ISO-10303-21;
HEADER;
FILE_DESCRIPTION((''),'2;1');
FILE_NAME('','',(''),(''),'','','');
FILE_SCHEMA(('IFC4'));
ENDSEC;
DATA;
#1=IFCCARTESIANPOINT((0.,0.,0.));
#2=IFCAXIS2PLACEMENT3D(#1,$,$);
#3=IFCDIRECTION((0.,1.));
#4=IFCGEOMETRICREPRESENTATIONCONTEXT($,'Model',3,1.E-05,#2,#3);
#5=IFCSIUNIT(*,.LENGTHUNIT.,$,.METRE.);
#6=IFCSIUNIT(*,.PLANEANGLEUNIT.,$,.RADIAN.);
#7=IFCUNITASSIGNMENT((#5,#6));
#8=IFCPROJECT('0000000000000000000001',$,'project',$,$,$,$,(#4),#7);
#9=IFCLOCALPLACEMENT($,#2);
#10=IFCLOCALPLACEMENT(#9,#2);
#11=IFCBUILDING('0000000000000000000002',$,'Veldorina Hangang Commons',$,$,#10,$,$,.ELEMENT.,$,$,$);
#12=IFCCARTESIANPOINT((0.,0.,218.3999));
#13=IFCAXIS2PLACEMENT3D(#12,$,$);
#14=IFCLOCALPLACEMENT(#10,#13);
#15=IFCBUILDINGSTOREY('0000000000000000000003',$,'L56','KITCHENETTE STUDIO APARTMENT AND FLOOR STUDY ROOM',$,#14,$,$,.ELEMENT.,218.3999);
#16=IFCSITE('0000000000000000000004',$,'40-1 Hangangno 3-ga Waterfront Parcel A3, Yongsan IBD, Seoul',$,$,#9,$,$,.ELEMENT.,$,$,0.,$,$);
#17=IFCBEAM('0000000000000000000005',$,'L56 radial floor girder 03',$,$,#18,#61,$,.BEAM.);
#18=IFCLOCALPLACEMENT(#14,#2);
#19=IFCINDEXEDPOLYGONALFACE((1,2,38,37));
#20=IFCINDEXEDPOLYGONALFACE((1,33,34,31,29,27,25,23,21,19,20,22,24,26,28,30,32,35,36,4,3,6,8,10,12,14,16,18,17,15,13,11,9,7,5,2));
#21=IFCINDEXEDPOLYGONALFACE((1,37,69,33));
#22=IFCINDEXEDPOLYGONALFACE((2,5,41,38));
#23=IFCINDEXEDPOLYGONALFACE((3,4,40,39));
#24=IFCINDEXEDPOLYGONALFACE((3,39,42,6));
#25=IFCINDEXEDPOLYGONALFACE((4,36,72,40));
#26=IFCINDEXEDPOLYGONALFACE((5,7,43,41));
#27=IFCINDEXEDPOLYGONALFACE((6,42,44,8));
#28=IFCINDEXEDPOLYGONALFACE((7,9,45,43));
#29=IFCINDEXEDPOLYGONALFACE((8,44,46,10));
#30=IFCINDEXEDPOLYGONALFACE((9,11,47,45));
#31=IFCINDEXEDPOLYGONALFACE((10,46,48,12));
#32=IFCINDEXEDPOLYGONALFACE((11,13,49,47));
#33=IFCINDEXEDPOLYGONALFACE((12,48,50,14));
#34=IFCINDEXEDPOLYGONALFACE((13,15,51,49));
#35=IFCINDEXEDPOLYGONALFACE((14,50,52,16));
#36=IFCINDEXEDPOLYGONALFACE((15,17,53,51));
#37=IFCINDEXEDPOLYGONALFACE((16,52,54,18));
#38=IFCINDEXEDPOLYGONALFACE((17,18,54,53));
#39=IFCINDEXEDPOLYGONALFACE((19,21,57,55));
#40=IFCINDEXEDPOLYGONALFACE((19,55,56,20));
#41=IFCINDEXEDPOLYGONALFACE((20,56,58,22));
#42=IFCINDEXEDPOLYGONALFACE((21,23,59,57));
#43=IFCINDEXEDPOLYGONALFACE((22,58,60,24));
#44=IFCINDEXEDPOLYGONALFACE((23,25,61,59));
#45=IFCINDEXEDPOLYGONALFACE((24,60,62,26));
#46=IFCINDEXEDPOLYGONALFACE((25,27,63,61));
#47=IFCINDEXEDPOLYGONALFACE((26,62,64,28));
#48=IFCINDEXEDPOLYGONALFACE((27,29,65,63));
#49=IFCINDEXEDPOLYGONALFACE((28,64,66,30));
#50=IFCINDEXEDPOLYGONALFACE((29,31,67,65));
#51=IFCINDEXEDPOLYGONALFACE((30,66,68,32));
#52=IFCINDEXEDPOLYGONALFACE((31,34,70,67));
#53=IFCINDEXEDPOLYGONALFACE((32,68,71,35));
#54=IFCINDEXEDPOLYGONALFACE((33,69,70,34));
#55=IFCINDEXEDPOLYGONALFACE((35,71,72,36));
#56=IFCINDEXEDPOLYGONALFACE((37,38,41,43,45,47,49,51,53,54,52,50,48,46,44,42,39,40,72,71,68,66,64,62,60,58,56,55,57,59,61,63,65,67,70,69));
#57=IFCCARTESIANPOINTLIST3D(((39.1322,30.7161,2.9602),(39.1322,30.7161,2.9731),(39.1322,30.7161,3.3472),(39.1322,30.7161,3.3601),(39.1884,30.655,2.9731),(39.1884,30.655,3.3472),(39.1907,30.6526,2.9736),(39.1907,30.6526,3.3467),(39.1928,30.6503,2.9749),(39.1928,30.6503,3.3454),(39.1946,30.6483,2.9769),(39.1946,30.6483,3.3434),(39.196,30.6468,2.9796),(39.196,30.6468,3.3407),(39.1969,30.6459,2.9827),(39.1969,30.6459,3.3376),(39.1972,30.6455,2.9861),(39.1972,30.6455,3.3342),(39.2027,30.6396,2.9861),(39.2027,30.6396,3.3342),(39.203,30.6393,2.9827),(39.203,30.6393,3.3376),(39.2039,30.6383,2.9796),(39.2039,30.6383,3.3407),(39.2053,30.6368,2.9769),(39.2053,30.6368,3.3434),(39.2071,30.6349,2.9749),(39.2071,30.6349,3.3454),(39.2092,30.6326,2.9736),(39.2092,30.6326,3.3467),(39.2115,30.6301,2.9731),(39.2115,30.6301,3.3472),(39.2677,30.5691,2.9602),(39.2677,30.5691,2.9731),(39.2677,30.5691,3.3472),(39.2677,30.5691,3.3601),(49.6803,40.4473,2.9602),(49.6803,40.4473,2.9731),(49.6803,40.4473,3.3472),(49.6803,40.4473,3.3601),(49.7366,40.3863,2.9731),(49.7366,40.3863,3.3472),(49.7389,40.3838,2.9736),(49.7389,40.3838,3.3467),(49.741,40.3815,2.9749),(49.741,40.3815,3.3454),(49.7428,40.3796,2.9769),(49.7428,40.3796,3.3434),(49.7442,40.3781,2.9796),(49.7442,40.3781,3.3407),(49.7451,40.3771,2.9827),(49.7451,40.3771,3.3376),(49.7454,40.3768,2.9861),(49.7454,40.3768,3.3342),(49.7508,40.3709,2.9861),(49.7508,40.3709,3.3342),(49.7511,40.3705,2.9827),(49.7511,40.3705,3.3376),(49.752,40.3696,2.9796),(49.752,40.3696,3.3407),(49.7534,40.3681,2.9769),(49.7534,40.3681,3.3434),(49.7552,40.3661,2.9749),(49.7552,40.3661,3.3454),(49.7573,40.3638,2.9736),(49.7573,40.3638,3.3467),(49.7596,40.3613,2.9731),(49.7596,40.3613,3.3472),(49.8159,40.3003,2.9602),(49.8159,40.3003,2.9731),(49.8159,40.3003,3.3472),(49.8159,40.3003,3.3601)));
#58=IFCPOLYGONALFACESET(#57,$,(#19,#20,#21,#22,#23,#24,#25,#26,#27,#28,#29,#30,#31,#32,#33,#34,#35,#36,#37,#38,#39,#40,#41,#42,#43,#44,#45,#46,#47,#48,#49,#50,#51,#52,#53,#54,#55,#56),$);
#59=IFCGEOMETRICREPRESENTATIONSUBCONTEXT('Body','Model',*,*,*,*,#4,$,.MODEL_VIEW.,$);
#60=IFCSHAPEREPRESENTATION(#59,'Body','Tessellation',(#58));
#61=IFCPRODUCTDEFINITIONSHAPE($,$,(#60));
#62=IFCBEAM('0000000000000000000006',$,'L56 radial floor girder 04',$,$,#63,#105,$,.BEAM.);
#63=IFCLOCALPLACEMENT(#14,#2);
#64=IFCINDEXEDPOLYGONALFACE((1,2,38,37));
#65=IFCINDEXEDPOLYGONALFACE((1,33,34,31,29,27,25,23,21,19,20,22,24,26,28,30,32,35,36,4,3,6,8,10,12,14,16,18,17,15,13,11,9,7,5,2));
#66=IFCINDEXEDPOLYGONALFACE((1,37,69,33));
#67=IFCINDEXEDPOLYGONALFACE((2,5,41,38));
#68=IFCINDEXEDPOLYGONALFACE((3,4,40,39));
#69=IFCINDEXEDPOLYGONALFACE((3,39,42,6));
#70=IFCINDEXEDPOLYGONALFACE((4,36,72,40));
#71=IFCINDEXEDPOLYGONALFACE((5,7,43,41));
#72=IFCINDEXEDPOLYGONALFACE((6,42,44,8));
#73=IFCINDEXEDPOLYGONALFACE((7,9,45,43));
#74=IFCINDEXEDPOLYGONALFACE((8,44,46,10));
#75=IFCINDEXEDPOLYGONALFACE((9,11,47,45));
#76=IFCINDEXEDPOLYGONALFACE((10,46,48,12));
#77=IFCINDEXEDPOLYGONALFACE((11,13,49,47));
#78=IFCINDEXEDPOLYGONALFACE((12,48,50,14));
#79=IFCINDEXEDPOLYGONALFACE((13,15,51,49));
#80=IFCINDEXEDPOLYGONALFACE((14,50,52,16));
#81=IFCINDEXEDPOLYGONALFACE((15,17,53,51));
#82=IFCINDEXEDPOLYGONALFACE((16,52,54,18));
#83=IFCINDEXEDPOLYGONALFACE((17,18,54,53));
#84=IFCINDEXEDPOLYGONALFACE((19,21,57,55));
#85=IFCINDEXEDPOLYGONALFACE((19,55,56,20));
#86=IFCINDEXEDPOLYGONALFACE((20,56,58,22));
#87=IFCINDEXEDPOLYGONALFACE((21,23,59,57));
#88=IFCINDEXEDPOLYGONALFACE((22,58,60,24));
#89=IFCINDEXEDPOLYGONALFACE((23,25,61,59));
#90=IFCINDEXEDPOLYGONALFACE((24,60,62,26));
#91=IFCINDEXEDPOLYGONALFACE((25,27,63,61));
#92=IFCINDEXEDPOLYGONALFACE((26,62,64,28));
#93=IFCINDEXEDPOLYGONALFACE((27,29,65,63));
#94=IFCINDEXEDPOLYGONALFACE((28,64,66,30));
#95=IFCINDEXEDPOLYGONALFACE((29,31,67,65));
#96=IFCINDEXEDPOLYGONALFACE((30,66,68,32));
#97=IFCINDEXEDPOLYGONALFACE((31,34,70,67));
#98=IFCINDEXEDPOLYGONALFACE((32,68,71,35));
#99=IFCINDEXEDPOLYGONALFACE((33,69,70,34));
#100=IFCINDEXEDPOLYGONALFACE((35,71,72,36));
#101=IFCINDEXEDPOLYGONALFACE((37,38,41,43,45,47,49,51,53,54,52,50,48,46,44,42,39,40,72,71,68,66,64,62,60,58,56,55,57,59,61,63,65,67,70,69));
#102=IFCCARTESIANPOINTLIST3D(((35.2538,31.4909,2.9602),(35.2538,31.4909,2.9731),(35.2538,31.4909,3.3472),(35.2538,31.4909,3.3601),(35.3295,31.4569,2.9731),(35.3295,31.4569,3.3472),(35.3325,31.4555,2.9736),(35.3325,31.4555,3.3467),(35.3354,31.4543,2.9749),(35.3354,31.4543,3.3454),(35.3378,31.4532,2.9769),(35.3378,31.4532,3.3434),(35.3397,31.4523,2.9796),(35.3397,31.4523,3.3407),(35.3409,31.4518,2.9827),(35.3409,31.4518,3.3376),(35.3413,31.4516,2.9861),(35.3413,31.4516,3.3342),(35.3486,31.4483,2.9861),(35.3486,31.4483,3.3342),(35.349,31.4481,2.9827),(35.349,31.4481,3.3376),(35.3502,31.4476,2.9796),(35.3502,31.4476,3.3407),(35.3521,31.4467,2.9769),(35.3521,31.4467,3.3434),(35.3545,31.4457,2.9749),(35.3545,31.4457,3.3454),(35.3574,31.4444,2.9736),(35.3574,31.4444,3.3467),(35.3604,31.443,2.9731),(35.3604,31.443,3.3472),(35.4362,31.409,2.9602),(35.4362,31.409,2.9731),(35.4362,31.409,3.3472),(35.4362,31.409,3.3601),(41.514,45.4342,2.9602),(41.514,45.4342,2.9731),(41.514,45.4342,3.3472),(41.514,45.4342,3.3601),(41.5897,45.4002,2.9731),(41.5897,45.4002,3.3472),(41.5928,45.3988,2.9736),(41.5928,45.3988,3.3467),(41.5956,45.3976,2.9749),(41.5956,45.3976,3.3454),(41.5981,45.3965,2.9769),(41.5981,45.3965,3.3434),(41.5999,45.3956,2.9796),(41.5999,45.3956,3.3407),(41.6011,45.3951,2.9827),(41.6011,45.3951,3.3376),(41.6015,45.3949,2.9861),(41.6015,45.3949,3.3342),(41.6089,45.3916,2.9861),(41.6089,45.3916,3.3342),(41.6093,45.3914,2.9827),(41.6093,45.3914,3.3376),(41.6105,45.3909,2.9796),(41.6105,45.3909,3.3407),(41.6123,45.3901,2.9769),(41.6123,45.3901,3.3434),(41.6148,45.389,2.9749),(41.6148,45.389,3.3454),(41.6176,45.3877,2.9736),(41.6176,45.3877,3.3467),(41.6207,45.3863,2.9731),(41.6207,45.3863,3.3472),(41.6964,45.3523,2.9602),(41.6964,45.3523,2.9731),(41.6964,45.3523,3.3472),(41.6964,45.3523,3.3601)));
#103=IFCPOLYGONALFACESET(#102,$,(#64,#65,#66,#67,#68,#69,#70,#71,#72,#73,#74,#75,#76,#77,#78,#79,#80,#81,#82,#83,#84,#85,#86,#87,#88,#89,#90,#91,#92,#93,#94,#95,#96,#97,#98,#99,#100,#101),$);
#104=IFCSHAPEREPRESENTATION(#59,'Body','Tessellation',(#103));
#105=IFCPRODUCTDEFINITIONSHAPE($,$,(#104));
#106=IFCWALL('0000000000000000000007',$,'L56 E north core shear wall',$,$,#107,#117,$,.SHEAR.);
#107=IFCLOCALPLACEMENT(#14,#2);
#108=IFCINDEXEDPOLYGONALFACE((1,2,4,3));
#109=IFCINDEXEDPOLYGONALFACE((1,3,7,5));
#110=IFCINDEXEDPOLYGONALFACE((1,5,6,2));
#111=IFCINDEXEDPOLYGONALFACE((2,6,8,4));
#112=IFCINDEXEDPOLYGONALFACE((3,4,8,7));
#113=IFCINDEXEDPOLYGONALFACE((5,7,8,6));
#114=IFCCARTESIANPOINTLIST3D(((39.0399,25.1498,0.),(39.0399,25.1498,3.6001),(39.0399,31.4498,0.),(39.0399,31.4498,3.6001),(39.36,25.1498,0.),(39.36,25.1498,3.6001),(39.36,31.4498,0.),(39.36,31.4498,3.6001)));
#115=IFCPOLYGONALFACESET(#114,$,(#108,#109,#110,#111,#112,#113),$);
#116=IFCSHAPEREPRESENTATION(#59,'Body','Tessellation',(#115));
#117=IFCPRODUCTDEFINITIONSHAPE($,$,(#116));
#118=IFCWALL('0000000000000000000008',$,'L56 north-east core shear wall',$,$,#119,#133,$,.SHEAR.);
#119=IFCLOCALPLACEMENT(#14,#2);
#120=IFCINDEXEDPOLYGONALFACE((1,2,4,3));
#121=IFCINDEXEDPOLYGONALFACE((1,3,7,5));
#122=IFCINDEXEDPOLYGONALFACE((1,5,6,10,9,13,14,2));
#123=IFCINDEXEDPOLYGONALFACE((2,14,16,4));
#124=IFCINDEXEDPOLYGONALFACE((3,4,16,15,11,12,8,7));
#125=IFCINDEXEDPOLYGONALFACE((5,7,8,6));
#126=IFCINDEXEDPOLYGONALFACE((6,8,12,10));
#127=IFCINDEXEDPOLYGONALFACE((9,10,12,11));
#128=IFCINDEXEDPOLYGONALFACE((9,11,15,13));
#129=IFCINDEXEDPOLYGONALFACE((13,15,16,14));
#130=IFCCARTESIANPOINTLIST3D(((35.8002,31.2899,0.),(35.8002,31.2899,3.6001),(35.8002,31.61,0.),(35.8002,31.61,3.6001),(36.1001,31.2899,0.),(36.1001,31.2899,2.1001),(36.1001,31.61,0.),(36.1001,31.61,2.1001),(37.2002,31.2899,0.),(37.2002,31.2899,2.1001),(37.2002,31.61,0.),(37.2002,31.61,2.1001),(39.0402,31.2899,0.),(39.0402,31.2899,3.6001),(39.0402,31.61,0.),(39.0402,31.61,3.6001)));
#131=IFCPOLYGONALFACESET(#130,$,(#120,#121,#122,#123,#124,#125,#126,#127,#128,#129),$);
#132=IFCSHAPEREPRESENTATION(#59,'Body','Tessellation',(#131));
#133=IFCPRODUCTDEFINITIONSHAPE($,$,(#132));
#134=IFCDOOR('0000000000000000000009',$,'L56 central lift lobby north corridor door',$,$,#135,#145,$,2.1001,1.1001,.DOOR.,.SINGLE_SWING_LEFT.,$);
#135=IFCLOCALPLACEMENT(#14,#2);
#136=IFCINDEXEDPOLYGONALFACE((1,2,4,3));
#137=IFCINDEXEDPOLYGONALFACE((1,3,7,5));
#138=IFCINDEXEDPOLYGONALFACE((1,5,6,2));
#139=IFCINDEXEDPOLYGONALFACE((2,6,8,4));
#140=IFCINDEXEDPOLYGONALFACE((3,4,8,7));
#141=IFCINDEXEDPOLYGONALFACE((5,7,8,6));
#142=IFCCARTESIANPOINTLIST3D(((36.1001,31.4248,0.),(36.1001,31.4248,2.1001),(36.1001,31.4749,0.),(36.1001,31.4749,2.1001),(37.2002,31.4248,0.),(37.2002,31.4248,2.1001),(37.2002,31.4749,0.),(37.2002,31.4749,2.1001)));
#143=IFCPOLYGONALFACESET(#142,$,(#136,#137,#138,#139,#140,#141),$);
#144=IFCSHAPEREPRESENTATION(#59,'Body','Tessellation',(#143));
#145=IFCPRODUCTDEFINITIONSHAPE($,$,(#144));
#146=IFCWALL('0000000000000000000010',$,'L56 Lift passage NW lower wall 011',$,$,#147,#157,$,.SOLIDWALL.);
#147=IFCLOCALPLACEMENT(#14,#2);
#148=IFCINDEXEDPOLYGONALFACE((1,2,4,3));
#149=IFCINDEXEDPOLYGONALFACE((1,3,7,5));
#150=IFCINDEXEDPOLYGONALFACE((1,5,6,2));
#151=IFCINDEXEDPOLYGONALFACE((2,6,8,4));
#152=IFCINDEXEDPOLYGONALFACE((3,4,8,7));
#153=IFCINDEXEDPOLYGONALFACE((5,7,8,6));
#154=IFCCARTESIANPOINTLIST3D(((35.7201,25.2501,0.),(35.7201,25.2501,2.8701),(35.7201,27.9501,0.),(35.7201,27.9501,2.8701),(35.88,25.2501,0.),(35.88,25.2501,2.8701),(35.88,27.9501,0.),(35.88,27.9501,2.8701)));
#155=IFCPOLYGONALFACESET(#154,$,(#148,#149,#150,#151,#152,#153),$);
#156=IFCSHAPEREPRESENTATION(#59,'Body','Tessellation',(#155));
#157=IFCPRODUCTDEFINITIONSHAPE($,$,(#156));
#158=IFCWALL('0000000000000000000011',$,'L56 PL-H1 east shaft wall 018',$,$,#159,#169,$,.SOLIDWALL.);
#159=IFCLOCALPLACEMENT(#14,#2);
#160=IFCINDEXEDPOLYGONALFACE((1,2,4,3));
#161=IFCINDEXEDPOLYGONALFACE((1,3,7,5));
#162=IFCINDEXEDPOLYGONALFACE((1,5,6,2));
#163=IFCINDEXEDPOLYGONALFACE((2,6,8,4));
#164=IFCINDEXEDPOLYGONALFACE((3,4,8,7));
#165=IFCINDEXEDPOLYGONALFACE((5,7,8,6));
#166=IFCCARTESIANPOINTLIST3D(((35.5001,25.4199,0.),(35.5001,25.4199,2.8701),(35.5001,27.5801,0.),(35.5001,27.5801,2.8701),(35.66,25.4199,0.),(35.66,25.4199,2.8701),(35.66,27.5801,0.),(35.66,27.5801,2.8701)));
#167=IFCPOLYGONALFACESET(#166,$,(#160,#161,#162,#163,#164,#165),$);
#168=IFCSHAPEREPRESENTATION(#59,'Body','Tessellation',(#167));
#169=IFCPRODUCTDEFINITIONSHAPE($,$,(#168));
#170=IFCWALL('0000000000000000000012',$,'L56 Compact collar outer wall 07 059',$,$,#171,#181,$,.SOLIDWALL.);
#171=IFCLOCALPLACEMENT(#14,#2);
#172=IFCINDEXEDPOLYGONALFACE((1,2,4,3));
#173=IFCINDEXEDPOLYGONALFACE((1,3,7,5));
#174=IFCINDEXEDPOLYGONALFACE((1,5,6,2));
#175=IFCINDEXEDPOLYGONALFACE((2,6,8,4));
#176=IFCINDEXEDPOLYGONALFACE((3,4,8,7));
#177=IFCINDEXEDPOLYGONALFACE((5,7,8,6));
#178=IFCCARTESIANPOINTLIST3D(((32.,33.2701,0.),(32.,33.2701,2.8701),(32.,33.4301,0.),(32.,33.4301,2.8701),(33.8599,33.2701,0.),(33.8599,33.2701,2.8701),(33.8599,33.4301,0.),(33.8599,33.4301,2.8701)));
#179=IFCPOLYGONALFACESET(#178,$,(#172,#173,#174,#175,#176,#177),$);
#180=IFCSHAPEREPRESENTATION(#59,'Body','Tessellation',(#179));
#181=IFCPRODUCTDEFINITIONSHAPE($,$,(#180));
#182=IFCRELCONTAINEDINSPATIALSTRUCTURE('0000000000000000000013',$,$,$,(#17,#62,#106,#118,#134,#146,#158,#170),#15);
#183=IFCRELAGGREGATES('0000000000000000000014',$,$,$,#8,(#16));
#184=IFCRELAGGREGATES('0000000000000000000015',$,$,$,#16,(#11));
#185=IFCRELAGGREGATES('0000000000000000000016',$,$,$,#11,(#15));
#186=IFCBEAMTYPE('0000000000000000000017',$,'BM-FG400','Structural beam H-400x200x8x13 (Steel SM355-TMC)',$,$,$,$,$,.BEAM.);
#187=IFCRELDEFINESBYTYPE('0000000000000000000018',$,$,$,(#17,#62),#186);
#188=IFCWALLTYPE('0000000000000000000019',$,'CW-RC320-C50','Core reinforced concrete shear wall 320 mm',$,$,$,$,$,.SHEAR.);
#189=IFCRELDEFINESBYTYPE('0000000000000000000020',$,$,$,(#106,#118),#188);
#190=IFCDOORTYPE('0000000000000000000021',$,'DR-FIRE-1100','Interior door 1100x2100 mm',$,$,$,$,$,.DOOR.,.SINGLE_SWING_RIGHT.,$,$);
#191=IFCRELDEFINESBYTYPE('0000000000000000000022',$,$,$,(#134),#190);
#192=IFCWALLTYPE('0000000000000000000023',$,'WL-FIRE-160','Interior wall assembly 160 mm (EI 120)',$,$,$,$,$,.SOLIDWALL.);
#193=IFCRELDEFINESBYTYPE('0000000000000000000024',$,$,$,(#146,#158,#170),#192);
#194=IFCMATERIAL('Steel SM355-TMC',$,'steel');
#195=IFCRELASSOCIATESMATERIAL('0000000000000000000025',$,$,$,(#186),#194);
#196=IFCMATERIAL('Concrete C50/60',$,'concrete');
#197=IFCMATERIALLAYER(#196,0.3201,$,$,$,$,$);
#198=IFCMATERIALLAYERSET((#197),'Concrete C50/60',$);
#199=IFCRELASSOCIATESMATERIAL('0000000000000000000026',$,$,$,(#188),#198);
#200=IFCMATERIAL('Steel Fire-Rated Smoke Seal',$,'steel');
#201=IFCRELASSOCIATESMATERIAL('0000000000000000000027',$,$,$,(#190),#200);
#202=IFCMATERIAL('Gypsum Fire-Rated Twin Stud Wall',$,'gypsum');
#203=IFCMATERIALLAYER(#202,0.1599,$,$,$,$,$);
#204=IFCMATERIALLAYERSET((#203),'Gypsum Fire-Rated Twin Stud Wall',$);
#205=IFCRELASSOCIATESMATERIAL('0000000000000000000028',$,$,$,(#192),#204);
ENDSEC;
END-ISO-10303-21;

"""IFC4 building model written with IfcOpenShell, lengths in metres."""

from ifc_helpers import new_model, si_unit, direction, frame, frame_2d, origin, origin_2d, place, context, subcontext, project, spatial, rectangle, i_section, extrude, material, layer, layer_set, material_profile, profile_set, type_object, element, fill, save


model = new_model("IFC4")

# Units and contexts
model_context = context("Model", 3, precision=1e-05, world=origin(), true_north=direction((0.0, 1.0)))
body_context = subcontext(model_context, "Body", "Model", "MODEL_VIEW")
ifc_project = project(units=[si_unit("LENGTHUNIT", "METRE"), si_unit("PLANEANGLEUNIT", "RADIAN")], contexts=[model_context])

# Site, building, storey
site_placement = place(None, origin())
site = spatial("IfcSite", under=ifc_project, at=site_placement, Name="40-1 Hangangno 3-ga Waterfront Parcel A3, Yongsan IBD, Seoul", CompositionType="ELEMENT", RefElevation=0.0)
building_placement = place(site_placement, origin())
building = spatial("IfcBuilding", under=site, at=building_placement, Name="Veldorina Hangang Commons", CompositionType="ELEMENT")
storey_placement = place(building_placement, frame((0.0, 0.0, 218.3999)))
storey = spatial("IfcBuildingStorey", under=building, at=storey_placement, Name="L56", Description="KITCHENETTE STUDIO APARTMENT AND FLOOR STUDY ROOM", CompositionType="ELEMENT", Elevation=218.3999)

# Beams
ifc_material_1 = material(Name="Steel SM355-TMC", Category="steel")
ifc_material_profile = material_profile(ifc_material_1, i_section(OverallWidth=0.2, OverallDepth=0.3999, WebThickness=0.0081, FlangeThickness=0.0129, FilletRadius=0.0129, at=origin_2d()), Name="H-400x200x8x13")
ifc_profile_set = profile_set([ifc_material_profile], Name="Steel SM355-TMC")
beam_type = type_object("IfcBeamType", Name="BM-FG400", Description="Structural beam H-400x200x8x13 (Steel SM355-TMC)", PredefinedType="BEAM", material=ifc_profile_set)
beam_1_placement = place(storey_placement, frame((39.2, 30.6426, 3.1602), z_axis=(0.734995, 0.678073, 0.0), x_axis=(-0.678073, 0.734995, 0.0)))
element("IfcBeam", 1, at=beam_1_placement, inside=storey, type_object=beam_type, Name="L56 radial floor girder 03", PredefinedType="BEAM", context=body_context, shape_type="SweptSolid", body=[
    extrude(i_section(OverallWidth=0.2, OverallDepth=0.3999, WebThickness=0.0081, FlangeThickness=0.0129, FilletRadius=0.0129, at=origin_2d()), origin(), (0.0, 0.0, 1.0), 14.3513),
])
beam_2_placement = place(storey_placement, frame((35.345, 31.45, 3.1602), z_axis=(0.409589, 0.91227, 0.0), x_axis=(-0.91227, 0.409589, 0.0)))
element("IfcBeam", 2, at=beam_2_placement, inside=storey, type_object=beam_type, Name="L56 radial floor girder 04", PredefinedType="BEAM", context=body_context, shape_type="SweptSolid", body=[
    extrude(i_section(OverallWidth=0.2, OverallDepth=0.3999, WebThickness=0.0081, FlangeThickness=0.0129, FilletRadius=0.0129, at=origin_2d()), origin(), (0.0, 0.0, 1.0), 15.2842),
])

# Wall
ifc_material_2 = material(Name="Concrete C50/60", Category="concrete")
ifc_layer_1 = layer(ifc_material_2, 0.3201)
ifc_layer_set_1 = layer_set([ifc_layer_1], Name="Concrete C50/60")
wall_type_1 = type_object("IfcWallType", Name="CW-RC320-C50", Description="Core reinforced concrete shear wall 320 mm", PredefinedType="SHEAR", material=ifc_layer_set_1)
wall_1_placement = place(storey_placement, frame((39.2, 25.1499, 0.0), z_axis=(0.0, 0.0, 1.0), x_axis=(0.0, 1.0, 0.0)))
element("IfcWall", 3, at=wall_1_placement, inside=storey, type_object=wall_type_1, Name="L56 E north core shear wall", PredefinedType="SHEAR", context=body_context, shape_type="SweptSolid", body=[
    extrude(rectangle(XDim=6.3, YDim=0.3201, at=frame_2d((3.1499, 0.0))), origin(), (0.0, 0.0, 1.0), 3.6001),
])

# Wall, opening, door
wall_2_placement = place(storey_placement, frame((35.8, 31.45, 0.0), z_axis=(0.0, 0.0, 1.0), x_axis=(1.0, 0.0, 0.0)))
wall_2 = element("IfcWall", 4, at=wall_2_placement, inside=storey, type_object=wall_type_1, Name="L56 north-east core shear wall", PredefinedType="SHEAR", context=body_context, shape_type="SweptSolid", body=[
    extrude(rectangle(XDim=3.24, YDim=0.3201, at=frame_2d((1.6201, 0.0))), origin(), (0.0, 0.0, 1.0), 3.6001),
])
opening_1_placement = place(wall_2_placement, frame((0.3, 0.0, 0.0)))
opening_1 = element("IfcOpeningElement", 5, at=opening_1_placement, cuts=wall_2, PredefinedType="OPENING", context=body_context, shape_type="SweptSolid", body=[
    extrude(rectangle(XDim=1.1001, YDim=2.1001, at=frame_2d((0.55, 1.05))), frame((0.0, 0.1699, 0.0), z_axis=(0.0, -1.0, 0.0), x_axis=(1.0, 0.0, 0.0)), (0.0, 0.0, 1.0), 0.3401),
])
ifc_material_3 = material(Name="Steel Fire-Rated Smoke Seal", Category="steel")
door_type_1 = type_object("IfcDoorType", Name="DR-FIRE-1100", Description="Interior door 1100x2100 mm", OperationType="SINGLE_SWING_RIGHT", PredefinedType="DOOR", material=ifc_material_3)
door_1_placement = place(opening_1_placement, origin())
door_1 = element("IfcDoor", 6, at=door_1_placement, inside=storey, type_object=door_type_1, Name="L56 central lift lobby north corridor door", OperationType="SINGLE_SWING_LEFT", OverallHeight=2.1001, OverallWidth=1.1001, PredefinedType="DOOR", context=body_context, shape_type="SweptSolid", body=[
    extrude(rectangle(XDim=1.1001, YDim=2.1001, at=frame_2d((0.55, 1.05))), frame((0.0, 0.0249, 0.0), z_axis=(0.0, -1.0, 0.0), x_axis=(1.0, 0.0, 0.0)), (0.0, 0.0, 1.0), 0.05),
])
fill(opening_1, door_1)

# Walls
ifc_material_4 = material(Name="Gypsum Fire-Rated Twin Stud Wall", Category="gypsum")
ifc_layer_2 = layer(ifc_material_4, 0.1599)
ifc_layer_set_2 = layer_set([ifc_layer_2], Name="Gypsum Fire-Rated Twin Stud Wall")
wall_type_2 = type_object("IfcWallType", Name="WL-FIRE-160", Description="Interior wall assembly 160 mm (EI 120)", PredefinedType="SOLIDWALL", material=ifc_layer_set_2)
wall_3_placement = place(storey_placement, frame((35.8, 25.25, 0.0), z_axis=(0.0, 0.0, 1.0), x_axis=(0.0, 1.0, 0.0)))
element("IfcWall", 7, at=wall_3_placement, inside=storey, type_object=wall_type_2, Name="L56 Lift passage NW lower wall 011", PredefinedType="SOLIDWALL", context=body_context, shape_type="SweptSolid", body=[
    extrude(rectangle(XDim=2.7, YDim=0.1599, at=frame_2d((1.3501, 0.0))), origin(), (0.0, 0.0, 1.0), 2.8701),
])
wall_4_placement = place(storey_placement, frame((35.5801, 25.4199, 0.0), z_axis=(0.0, 0.0, 1.0), x_axis=(0.0, 1.0, 0.0)))
element("IfcWall", 8, at=wall_4_placement, inside=storey, type_object=wall_type_2, Name="L56 PL-H1 east shaft wall 018", PredefinedType="SOLIDWALL", context=body_context, shape_type="SweptSolid", body=[
    extrude(rectangle(XDim=2.1602, YDim=0.1599, at=frame_2d((1.0801, 0.0))), origin(), (0.0, 0.0, 1.0), 2.8701),
])
wall_5_placement = place(storey_placement, frame((33.8599, 33.3501, 0.0), z_axis=(0.0, 0.0, 1.0), x_axis=(-1.0, 0.0, 0.0)))
element("IfcWall", 9, at=wall_5_placement, inside=storey, type_object=wall_type_2, Name="L56 Compact collar outer wall 07 059", PredefinedType="SOLIDWALL", context=body_context, shape_type="SweptSolid", body=[
    extrude(rectangle(XDim=1.8599, YDim=0.1599, at=frame_2d((0.9299, 0.0))), origin(), (0.0, 0.0, 1.0), 2.8701),
])

save(model, "model.ifc")
